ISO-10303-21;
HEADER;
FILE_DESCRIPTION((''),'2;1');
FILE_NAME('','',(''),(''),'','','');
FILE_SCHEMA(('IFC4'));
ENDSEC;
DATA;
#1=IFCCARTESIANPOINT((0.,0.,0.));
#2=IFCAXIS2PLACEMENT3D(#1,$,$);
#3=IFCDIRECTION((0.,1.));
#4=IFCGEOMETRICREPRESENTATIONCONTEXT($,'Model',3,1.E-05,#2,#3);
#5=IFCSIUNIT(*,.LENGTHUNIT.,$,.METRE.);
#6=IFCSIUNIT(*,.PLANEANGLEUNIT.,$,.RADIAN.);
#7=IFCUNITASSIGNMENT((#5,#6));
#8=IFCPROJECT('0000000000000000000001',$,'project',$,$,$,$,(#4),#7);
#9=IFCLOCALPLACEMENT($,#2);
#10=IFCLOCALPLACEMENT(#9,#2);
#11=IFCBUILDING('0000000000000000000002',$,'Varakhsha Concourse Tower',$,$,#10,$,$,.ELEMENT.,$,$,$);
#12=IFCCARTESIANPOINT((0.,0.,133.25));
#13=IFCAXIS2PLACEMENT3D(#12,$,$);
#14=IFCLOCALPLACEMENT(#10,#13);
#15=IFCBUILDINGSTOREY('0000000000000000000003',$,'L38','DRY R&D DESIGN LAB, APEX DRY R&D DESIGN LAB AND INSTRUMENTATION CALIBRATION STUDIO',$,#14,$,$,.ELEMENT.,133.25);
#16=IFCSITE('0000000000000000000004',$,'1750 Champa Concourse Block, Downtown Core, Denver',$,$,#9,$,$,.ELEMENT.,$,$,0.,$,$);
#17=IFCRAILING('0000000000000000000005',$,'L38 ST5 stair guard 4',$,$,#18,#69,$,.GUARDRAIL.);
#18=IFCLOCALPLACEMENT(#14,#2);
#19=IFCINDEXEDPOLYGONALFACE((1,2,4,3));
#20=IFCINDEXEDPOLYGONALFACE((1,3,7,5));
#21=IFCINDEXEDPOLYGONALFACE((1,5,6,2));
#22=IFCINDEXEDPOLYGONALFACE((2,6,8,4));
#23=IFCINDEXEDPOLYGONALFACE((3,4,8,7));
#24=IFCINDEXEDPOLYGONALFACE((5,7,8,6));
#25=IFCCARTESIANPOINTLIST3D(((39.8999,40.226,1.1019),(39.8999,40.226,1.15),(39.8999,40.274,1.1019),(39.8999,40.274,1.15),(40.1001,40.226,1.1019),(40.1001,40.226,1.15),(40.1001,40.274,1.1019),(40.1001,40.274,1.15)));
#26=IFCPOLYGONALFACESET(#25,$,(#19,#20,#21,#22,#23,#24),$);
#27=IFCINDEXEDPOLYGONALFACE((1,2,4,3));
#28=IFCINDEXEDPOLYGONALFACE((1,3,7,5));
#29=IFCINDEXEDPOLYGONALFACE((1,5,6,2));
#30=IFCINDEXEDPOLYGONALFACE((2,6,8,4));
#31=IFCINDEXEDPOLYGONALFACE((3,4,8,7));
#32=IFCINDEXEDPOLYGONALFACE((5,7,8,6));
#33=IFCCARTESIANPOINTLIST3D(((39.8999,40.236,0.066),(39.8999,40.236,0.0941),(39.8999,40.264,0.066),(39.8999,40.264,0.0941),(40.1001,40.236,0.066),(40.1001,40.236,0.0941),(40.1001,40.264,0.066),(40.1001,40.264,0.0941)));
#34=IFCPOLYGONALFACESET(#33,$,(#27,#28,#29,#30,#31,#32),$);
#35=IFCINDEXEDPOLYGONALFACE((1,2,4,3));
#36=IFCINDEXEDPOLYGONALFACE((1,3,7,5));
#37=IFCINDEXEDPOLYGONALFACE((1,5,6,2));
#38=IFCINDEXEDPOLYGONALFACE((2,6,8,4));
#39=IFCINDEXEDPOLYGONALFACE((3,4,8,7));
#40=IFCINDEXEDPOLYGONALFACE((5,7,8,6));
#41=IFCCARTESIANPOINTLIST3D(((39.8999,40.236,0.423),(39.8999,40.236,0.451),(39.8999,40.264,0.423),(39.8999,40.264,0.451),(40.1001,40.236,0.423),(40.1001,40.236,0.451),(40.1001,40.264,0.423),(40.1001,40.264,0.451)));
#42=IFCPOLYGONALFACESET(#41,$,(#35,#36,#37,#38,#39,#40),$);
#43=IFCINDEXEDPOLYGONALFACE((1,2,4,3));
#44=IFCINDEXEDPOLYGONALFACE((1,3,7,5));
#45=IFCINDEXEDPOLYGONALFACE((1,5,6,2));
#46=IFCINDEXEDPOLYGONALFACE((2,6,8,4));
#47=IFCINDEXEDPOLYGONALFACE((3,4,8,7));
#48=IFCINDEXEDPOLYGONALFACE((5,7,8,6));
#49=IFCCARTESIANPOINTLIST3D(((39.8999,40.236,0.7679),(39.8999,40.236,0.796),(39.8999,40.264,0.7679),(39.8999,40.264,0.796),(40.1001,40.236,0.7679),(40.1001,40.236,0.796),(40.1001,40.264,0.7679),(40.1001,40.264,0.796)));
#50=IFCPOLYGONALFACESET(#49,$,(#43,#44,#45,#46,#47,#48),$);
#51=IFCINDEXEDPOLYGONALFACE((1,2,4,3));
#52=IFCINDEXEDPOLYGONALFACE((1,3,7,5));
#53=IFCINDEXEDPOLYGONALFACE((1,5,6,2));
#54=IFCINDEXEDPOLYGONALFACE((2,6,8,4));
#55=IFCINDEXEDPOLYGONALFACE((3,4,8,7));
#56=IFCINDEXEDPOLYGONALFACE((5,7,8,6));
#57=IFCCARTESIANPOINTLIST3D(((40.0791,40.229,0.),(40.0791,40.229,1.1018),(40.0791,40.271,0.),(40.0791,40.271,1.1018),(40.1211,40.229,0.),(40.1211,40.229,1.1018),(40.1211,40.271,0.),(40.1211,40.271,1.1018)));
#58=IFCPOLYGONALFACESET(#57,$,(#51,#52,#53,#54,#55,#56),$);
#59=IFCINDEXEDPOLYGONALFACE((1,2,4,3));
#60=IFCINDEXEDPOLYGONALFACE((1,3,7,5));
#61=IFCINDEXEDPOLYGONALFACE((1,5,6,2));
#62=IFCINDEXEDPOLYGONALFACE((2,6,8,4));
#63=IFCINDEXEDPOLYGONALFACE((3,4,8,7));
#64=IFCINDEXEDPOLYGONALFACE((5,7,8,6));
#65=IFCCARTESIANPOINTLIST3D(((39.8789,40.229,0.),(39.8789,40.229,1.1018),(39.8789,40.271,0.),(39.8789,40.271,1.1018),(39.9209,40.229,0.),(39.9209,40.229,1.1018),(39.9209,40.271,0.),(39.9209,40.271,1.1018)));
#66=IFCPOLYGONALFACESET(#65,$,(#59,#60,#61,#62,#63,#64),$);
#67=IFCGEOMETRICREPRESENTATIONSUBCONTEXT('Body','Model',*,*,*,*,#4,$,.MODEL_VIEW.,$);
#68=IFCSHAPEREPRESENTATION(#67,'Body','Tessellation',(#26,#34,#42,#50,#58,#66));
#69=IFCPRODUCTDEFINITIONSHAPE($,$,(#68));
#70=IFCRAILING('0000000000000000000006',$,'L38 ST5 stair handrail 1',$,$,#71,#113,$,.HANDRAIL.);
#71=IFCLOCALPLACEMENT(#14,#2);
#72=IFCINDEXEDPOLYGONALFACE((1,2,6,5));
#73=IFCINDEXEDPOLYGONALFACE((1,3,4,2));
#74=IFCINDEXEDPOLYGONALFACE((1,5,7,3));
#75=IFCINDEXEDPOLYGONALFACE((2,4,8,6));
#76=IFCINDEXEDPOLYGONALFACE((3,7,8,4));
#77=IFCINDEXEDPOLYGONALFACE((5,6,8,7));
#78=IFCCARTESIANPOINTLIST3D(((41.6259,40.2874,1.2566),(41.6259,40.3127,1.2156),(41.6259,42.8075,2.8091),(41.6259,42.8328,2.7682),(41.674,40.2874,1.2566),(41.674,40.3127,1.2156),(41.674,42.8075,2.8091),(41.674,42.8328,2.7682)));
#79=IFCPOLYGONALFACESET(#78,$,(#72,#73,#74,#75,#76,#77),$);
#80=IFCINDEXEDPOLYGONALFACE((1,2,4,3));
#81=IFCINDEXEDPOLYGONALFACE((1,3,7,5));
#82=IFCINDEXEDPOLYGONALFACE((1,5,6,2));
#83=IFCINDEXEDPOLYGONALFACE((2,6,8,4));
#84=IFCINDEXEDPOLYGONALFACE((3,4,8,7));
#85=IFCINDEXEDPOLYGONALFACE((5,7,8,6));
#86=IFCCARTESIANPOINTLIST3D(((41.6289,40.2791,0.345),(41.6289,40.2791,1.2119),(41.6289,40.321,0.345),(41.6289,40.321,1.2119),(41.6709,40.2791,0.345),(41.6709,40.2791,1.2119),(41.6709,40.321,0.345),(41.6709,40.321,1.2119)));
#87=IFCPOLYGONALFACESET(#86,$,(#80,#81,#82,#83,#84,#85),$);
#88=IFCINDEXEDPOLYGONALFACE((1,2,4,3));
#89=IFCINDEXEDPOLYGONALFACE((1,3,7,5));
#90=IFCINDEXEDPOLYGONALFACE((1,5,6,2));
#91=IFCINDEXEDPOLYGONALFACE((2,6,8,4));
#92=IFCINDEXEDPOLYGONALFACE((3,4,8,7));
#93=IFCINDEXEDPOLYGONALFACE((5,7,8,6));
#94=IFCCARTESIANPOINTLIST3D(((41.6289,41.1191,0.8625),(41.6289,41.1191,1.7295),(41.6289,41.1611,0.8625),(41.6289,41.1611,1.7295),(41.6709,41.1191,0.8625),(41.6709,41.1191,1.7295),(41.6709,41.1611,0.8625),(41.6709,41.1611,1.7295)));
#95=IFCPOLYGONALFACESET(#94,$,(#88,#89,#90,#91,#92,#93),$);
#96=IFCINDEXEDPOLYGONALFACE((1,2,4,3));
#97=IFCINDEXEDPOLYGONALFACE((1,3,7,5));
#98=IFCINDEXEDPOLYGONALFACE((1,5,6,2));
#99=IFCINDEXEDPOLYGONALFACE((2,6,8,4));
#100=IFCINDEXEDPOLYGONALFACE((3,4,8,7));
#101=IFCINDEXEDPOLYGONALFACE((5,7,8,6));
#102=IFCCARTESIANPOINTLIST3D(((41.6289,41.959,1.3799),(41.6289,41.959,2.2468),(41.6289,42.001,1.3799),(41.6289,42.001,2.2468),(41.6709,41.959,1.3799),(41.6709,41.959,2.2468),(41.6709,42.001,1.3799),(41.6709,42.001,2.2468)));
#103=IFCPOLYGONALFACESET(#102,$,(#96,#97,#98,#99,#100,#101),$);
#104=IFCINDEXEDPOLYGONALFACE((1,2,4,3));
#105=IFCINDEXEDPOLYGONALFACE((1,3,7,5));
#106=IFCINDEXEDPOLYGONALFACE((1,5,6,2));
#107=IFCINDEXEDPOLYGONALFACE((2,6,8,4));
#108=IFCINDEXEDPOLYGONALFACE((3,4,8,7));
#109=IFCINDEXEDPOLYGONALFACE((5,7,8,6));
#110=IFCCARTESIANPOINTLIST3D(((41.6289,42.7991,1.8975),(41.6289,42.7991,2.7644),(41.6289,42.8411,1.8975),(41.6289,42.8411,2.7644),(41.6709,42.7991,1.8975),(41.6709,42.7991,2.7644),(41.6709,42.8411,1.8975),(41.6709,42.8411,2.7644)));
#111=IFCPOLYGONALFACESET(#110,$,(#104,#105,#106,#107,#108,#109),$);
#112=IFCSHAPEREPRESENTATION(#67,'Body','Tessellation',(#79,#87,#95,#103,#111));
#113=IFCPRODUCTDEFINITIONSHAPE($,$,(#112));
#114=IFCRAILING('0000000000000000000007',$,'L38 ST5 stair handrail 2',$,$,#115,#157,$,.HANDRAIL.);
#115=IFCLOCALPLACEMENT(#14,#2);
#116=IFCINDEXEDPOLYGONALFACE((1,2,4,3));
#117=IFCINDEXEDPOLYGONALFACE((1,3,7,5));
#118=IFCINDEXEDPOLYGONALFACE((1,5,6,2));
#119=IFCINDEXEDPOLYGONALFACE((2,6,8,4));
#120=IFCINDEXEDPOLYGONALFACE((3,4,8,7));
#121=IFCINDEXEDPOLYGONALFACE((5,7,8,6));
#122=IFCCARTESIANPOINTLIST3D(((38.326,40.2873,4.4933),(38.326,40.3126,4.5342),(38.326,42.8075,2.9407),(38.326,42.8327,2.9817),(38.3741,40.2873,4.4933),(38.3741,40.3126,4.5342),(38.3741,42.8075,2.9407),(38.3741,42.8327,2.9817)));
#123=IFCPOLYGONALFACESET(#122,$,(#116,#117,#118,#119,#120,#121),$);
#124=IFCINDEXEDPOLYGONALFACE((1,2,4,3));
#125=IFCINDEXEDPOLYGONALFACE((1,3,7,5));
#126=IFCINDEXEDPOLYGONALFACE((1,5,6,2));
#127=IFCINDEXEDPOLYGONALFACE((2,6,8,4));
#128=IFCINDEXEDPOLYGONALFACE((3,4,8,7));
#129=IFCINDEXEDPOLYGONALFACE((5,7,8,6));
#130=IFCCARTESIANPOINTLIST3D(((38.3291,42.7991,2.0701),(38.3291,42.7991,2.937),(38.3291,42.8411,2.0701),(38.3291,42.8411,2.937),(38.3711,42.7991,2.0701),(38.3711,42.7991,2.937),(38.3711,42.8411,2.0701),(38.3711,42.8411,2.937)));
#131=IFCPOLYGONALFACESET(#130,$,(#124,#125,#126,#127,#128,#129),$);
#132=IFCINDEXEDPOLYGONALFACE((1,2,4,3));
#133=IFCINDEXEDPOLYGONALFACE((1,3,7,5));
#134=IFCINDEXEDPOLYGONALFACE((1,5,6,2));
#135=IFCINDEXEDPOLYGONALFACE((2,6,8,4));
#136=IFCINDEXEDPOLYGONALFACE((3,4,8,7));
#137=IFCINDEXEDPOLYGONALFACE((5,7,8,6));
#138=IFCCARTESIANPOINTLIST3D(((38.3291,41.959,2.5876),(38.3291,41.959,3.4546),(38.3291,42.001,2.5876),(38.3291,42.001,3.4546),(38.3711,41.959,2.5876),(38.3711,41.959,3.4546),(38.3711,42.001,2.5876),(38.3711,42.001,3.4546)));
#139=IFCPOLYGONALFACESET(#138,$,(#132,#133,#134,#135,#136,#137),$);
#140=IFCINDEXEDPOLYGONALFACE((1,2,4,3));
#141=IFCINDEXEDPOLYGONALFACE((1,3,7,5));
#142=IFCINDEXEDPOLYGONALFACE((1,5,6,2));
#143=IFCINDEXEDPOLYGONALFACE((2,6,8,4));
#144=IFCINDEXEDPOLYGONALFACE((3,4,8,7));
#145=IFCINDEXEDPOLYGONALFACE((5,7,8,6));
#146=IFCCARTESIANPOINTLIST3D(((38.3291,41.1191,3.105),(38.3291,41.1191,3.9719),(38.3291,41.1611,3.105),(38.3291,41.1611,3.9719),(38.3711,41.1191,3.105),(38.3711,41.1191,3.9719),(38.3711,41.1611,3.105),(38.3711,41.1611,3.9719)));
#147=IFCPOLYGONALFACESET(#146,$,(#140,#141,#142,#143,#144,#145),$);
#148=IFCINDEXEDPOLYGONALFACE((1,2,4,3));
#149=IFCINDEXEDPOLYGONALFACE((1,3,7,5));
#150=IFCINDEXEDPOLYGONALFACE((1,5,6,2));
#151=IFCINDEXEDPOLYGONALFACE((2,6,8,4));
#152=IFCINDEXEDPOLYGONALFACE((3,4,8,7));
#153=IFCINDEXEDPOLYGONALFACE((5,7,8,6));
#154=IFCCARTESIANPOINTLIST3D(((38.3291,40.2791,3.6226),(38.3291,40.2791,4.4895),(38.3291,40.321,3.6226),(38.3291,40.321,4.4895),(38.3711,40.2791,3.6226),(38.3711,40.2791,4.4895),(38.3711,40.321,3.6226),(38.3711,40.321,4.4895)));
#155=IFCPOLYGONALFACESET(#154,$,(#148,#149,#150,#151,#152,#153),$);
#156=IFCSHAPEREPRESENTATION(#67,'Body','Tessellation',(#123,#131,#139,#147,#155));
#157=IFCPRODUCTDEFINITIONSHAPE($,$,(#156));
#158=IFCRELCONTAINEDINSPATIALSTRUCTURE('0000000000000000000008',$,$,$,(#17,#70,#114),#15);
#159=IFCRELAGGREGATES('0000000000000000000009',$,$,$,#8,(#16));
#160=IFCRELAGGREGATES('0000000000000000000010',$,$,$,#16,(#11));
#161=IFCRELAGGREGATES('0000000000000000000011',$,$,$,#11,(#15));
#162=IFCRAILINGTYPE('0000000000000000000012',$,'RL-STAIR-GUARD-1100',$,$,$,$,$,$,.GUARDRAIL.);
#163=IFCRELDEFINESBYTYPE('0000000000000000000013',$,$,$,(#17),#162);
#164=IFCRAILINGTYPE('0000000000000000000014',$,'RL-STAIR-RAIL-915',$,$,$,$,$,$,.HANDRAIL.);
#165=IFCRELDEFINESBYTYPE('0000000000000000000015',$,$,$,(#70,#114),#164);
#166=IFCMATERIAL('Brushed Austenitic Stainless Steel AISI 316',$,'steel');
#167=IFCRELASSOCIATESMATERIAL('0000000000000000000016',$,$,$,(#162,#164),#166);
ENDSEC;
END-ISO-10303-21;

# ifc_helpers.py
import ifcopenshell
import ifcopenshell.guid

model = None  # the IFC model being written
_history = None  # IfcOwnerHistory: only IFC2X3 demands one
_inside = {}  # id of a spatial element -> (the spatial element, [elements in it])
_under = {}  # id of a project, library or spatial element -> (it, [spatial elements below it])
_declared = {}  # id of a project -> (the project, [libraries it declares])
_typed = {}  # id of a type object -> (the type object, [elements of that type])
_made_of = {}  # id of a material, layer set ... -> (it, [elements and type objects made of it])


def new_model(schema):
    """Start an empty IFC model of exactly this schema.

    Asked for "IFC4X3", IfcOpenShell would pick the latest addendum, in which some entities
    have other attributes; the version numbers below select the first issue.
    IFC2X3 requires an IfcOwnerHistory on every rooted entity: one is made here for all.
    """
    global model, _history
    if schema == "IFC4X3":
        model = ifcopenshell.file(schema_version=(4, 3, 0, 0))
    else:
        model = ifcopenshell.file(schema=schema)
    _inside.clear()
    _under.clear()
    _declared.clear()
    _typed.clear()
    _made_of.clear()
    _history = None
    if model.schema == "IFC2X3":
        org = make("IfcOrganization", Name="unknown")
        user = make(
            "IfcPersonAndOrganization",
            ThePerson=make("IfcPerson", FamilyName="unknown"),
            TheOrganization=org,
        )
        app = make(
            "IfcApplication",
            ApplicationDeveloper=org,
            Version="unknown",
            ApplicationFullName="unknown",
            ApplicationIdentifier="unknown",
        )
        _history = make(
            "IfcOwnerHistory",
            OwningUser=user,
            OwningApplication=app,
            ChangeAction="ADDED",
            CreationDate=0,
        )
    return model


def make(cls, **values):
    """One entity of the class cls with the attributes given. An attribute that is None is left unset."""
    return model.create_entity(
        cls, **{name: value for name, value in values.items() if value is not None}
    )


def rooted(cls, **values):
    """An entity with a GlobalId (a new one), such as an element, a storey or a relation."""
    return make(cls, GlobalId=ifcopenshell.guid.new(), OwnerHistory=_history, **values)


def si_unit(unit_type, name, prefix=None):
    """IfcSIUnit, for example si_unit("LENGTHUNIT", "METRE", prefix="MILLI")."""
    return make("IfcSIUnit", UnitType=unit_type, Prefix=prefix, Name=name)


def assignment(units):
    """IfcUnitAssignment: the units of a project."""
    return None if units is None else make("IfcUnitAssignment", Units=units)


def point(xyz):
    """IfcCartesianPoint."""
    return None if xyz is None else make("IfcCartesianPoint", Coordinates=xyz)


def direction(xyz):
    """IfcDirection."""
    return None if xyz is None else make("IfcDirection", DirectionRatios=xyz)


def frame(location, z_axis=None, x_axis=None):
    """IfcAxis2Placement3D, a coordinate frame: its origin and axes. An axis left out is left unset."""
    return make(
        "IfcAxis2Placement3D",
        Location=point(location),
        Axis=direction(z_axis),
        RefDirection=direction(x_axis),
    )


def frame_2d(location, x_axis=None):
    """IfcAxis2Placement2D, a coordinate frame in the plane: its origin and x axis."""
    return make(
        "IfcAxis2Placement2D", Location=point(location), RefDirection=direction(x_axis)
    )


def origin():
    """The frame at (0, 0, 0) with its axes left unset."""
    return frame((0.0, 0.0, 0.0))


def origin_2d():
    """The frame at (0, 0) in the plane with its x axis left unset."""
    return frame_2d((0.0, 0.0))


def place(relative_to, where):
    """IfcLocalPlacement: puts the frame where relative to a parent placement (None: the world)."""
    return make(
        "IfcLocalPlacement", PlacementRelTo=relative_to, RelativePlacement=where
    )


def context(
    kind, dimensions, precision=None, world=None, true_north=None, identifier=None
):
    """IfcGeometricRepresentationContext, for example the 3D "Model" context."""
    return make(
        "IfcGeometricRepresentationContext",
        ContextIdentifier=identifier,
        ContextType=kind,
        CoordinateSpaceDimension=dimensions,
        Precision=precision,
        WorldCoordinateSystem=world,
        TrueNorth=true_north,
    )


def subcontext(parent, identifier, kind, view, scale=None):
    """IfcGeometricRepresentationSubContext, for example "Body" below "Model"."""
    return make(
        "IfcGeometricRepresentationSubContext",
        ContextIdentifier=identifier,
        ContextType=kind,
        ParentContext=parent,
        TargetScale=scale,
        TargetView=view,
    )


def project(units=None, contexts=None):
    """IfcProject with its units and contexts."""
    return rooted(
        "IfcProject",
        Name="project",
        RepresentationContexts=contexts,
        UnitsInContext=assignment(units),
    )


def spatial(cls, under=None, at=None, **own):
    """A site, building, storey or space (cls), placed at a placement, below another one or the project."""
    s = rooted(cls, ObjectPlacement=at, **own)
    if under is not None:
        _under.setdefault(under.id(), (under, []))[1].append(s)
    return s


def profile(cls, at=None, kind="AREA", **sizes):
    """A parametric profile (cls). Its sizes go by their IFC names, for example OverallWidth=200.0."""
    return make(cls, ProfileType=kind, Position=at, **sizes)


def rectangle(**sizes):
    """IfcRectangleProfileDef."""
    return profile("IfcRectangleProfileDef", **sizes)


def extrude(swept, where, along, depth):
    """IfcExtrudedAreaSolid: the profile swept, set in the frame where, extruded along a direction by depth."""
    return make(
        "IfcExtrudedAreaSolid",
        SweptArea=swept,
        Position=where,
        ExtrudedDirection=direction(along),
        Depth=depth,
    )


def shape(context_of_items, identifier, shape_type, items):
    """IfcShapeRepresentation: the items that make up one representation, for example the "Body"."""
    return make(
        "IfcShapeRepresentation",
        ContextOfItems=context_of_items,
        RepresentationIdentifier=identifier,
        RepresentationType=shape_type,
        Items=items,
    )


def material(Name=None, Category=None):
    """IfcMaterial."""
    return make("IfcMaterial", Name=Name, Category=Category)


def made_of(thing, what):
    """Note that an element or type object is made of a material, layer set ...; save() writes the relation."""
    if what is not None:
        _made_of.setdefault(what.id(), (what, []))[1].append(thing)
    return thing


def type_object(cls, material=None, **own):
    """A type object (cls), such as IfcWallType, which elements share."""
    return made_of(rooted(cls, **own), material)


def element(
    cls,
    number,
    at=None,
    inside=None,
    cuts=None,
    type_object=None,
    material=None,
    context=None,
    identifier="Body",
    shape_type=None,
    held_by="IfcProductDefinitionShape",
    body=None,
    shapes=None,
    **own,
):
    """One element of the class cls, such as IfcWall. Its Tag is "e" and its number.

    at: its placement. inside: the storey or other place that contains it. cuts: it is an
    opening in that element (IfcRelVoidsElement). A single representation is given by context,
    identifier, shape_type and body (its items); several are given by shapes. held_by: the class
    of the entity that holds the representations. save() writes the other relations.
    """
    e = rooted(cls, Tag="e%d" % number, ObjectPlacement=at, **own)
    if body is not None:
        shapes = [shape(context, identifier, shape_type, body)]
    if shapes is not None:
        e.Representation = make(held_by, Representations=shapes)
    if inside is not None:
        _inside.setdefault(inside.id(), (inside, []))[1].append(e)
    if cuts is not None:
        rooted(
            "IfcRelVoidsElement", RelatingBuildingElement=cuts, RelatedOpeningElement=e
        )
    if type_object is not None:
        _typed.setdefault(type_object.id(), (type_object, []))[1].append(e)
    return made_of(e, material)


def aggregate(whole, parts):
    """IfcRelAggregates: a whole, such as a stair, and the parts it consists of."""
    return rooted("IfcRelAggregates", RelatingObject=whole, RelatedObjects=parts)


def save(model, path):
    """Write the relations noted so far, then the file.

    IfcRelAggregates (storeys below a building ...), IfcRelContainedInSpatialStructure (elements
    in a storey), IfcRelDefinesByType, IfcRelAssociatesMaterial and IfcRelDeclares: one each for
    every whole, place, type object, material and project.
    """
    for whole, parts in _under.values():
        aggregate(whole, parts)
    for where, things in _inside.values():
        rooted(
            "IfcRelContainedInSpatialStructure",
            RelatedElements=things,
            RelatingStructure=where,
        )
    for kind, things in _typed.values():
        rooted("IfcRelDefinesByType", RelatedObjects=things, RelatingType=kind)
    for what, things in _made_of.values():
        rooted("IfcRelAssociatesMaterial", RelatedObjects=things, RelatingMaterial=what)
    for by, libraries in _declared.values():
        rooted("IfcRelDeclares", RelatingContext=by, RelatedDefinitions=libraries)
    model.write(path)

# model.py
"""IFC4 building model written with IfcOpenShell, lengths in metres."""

from ifc_helpers import new_model, si_unit, direction, frame, origin, origin_2d, place, context, subcontext, project, spatial, rectangle, extrude, material, type_object, element, save


model = new_model("IFC4")

# Units and contexts
model_context = context("Model", 3, precision=1e-05, world=origin(), true_north=direction((0.0, 1.0)))
body_context = subcontext(model_context, "Body", "Model", "MODEL_VIEW")
ifc_project = project(units=[si_unit("LENGTHUNIT", "METRE"), si_unit("PLANEANGLEUNIT", "RADIAN")], contexts=[model_context])

# Site, building, storey
site_placement = place(None, origin())
site = spatial("IfcSite", under=ifc_project, at=site_placement, Name="1750 Champa Concourse Block, Downtown Core, Denver", CompositionType="ELEMENT", RefElevation=0.0)
building_placement = place(site_placement, origin())
building = spatial("IfcBuilding", under=site, at=building_placement, Name="Varakhsha Concourse Tower", CompositionType="ELEMENT")
storey_placement = place(building_placement, frame((0.0, 0.0, 133.25)))
storey = spatial("IfcBuildingStorey", under=building, at=storey_placement, Name="L38", Description="DRY R&D DESIGN LAB, APEX DRY R&D DESIGN LAB AND INSTRUMENTATION CALIBRATION STUDIO", CompositionType="ELEMENT", Elevation=133.25)

# Railings
ifc_material_1 = material(Name="Brushed Austenitic Stainless Steel AISI 316", Category="steel")
railing_type_1 = type_object("IfcRailingType", Name="RL-STAIR-GUARD-1100", PredefinedType="GUARDRAIL", material=ifc_material_1)
railing_1_placement = place(storey_placement, frame((40.1001, 40.25, 0.0)))
element("IfcRailing", 1, at=railing_1_placement, inside=storey, type_object=railing_type_1, Name="L38 ST5 stair guard 4", PredefinedType="GUARDRAIL", context=body_context, shape_type="SweptSolid", body=[
    extrude(rectangle(XDim=0.0481, YDim=0.0481, at=origin_2d()), frame((0.0, 0.0, 1.126), z_axis=(-1.0, 0.0, 0.0), x_axis=(0.0, -1.0, 0.0)), (0.0, 0.0, 1.0), 0.2002),
    extrude(rectangle(XDim=0.0281, YDim=0.0281, at=origin_2d()), frame((0.0, 0.0, 0.0801), z_axis=(-1.0, 0.0, 0.0), x_axis=(0.0, -1.0, 0.0)), (0.0, 0.0, 1.0), 0.2002),
    extrude(rectangle(XDim=0.0281, YDim=0.0281, at=origin_2d()), frame((0.0, 0.0, 0.437), z_axis=(-1.0, 0.0, 0.0), x_axis=(0.0, -1.0, 0.0)), (0.0, 0.0, 1.0), 0.2002),
    extrude(rectangle(XDim=0.0281, YDim=0.0281, at=origin_2d()), frame((0.0, 0.0, 0.782), z_axis=(-1.0, 0.0, 0.0), x_axis=(0.0, -1.0, 0.0)), (0.0, 0.0, 1.0), 0.2002),
    extrude(rectangle(XDim=0.042, YDim=0.042, at=origin_2d()), origin(), (0.0, 0.0, 1.0), 1.1018),
    extrude(rectangle(XDim=0.042, YDim=0.042, at=origin_2d()), frame((-0.2002, 0.0, 0.0)), (0.0, 0.0, 1.0), 1.1018),
])
railing_type_2 = type_object("IfcRailingType", Name="RL-STAIR-RAIL-915", PredefinedType="HANDRAIL", material=ifc_material_1)
railing_2_placement = place(storey_placement, frame((41.6499, 40.3, 0.345)))
element("IfcRailing", 2, at=railing_2_placement, inside=storey, type_object=railing_type_2, Name="L38 ST5 stair handrail 1", PredefinedType="HANDRAIL", context=body_context, shape_type="SweptSolid", body=[
    extrude(rectangle(XDim=0.0481, YDim=0.0481, at=origin_2d()), frame((0.0, 0.0, 0.8911), z_axis=(0.0, 0.8514, 0.524516), x_axis=(-1.0, 0.0, 0.0)), (0.0, 0.0, 1.0), 2.96),
    extrude(rectangle(XDim=0.042, YDim=0.042, at=origin_2d()), origin(), (0.0, 0.0, 1.0), 0.8669),
    extrude(rectangle(XDim=0.042, YDim=0.042, at=origin_2d()), frame((0.0, 0.8401, 0.5176)), (0.0, 0.0, 1.0), 0.8669),
    extrude(rectangle(XDim=0.042, YDim=0.042, at=origin_2d()), frame((0.0, 1.6799, 1.0349)), (0.0, 0.0, 1.0), 0.8669),
    extrude(rectangle(XDim=0.042, YDim=0.042, at=origin_2d()), frame((0.0, 2.52, 1.5525)), (0.0, 0.0, 1.0), 0.8669),
])
railing_3_placement = place(storey_placement, frame((38.3501, 42.8201, 2.0701)))
element("IfcRailing", 3, at=railing_3_placement, inside=storey, type_object=railing_type_2, Name="L38 ST5 stair handrail 2", PredefinedType="HANDRAIL", context=body_context, shape_type="SweptSolid", body=[
    extrude(rectangle(XDim=0.0481, YDim=0.0481, at=origin_2d()), frame((0.0, 0.0, 0.8911), z_axis=(0.0, -0.8514, 0.524516), x_axis=(1.0, 0.0, 0.0)), (0.0, 0.0, 1.0), 2.96),
    extrude(rectangle(XDim=0.042, YDim=0.042, at=origin_2d()), origin(), (0.0, 0.0, 1.0), 0.8669),
    extrude(rectangle(XDim=0.042, YDim=0.042, at=origin_2d()), frame((0.0, -0.8401, 0.5176)), (0.0, 0.0, 1.0), 0.8669),
    extrude(rectangle(XDim=0.042, YDim=0.042, at=origin_2d()), frame((0.0, -1.6799, 1.0349)), (0.0, 0.0, 1.0), 0.8669),
    extrude(rectangle(XDim=0.042, YDim=0.042, at=origin_2d()), frame((0.0, -2.52, 1.5525)), (0.0, 0.0, 1.0), 0.8669),
])

save(model, "model.ifc")
